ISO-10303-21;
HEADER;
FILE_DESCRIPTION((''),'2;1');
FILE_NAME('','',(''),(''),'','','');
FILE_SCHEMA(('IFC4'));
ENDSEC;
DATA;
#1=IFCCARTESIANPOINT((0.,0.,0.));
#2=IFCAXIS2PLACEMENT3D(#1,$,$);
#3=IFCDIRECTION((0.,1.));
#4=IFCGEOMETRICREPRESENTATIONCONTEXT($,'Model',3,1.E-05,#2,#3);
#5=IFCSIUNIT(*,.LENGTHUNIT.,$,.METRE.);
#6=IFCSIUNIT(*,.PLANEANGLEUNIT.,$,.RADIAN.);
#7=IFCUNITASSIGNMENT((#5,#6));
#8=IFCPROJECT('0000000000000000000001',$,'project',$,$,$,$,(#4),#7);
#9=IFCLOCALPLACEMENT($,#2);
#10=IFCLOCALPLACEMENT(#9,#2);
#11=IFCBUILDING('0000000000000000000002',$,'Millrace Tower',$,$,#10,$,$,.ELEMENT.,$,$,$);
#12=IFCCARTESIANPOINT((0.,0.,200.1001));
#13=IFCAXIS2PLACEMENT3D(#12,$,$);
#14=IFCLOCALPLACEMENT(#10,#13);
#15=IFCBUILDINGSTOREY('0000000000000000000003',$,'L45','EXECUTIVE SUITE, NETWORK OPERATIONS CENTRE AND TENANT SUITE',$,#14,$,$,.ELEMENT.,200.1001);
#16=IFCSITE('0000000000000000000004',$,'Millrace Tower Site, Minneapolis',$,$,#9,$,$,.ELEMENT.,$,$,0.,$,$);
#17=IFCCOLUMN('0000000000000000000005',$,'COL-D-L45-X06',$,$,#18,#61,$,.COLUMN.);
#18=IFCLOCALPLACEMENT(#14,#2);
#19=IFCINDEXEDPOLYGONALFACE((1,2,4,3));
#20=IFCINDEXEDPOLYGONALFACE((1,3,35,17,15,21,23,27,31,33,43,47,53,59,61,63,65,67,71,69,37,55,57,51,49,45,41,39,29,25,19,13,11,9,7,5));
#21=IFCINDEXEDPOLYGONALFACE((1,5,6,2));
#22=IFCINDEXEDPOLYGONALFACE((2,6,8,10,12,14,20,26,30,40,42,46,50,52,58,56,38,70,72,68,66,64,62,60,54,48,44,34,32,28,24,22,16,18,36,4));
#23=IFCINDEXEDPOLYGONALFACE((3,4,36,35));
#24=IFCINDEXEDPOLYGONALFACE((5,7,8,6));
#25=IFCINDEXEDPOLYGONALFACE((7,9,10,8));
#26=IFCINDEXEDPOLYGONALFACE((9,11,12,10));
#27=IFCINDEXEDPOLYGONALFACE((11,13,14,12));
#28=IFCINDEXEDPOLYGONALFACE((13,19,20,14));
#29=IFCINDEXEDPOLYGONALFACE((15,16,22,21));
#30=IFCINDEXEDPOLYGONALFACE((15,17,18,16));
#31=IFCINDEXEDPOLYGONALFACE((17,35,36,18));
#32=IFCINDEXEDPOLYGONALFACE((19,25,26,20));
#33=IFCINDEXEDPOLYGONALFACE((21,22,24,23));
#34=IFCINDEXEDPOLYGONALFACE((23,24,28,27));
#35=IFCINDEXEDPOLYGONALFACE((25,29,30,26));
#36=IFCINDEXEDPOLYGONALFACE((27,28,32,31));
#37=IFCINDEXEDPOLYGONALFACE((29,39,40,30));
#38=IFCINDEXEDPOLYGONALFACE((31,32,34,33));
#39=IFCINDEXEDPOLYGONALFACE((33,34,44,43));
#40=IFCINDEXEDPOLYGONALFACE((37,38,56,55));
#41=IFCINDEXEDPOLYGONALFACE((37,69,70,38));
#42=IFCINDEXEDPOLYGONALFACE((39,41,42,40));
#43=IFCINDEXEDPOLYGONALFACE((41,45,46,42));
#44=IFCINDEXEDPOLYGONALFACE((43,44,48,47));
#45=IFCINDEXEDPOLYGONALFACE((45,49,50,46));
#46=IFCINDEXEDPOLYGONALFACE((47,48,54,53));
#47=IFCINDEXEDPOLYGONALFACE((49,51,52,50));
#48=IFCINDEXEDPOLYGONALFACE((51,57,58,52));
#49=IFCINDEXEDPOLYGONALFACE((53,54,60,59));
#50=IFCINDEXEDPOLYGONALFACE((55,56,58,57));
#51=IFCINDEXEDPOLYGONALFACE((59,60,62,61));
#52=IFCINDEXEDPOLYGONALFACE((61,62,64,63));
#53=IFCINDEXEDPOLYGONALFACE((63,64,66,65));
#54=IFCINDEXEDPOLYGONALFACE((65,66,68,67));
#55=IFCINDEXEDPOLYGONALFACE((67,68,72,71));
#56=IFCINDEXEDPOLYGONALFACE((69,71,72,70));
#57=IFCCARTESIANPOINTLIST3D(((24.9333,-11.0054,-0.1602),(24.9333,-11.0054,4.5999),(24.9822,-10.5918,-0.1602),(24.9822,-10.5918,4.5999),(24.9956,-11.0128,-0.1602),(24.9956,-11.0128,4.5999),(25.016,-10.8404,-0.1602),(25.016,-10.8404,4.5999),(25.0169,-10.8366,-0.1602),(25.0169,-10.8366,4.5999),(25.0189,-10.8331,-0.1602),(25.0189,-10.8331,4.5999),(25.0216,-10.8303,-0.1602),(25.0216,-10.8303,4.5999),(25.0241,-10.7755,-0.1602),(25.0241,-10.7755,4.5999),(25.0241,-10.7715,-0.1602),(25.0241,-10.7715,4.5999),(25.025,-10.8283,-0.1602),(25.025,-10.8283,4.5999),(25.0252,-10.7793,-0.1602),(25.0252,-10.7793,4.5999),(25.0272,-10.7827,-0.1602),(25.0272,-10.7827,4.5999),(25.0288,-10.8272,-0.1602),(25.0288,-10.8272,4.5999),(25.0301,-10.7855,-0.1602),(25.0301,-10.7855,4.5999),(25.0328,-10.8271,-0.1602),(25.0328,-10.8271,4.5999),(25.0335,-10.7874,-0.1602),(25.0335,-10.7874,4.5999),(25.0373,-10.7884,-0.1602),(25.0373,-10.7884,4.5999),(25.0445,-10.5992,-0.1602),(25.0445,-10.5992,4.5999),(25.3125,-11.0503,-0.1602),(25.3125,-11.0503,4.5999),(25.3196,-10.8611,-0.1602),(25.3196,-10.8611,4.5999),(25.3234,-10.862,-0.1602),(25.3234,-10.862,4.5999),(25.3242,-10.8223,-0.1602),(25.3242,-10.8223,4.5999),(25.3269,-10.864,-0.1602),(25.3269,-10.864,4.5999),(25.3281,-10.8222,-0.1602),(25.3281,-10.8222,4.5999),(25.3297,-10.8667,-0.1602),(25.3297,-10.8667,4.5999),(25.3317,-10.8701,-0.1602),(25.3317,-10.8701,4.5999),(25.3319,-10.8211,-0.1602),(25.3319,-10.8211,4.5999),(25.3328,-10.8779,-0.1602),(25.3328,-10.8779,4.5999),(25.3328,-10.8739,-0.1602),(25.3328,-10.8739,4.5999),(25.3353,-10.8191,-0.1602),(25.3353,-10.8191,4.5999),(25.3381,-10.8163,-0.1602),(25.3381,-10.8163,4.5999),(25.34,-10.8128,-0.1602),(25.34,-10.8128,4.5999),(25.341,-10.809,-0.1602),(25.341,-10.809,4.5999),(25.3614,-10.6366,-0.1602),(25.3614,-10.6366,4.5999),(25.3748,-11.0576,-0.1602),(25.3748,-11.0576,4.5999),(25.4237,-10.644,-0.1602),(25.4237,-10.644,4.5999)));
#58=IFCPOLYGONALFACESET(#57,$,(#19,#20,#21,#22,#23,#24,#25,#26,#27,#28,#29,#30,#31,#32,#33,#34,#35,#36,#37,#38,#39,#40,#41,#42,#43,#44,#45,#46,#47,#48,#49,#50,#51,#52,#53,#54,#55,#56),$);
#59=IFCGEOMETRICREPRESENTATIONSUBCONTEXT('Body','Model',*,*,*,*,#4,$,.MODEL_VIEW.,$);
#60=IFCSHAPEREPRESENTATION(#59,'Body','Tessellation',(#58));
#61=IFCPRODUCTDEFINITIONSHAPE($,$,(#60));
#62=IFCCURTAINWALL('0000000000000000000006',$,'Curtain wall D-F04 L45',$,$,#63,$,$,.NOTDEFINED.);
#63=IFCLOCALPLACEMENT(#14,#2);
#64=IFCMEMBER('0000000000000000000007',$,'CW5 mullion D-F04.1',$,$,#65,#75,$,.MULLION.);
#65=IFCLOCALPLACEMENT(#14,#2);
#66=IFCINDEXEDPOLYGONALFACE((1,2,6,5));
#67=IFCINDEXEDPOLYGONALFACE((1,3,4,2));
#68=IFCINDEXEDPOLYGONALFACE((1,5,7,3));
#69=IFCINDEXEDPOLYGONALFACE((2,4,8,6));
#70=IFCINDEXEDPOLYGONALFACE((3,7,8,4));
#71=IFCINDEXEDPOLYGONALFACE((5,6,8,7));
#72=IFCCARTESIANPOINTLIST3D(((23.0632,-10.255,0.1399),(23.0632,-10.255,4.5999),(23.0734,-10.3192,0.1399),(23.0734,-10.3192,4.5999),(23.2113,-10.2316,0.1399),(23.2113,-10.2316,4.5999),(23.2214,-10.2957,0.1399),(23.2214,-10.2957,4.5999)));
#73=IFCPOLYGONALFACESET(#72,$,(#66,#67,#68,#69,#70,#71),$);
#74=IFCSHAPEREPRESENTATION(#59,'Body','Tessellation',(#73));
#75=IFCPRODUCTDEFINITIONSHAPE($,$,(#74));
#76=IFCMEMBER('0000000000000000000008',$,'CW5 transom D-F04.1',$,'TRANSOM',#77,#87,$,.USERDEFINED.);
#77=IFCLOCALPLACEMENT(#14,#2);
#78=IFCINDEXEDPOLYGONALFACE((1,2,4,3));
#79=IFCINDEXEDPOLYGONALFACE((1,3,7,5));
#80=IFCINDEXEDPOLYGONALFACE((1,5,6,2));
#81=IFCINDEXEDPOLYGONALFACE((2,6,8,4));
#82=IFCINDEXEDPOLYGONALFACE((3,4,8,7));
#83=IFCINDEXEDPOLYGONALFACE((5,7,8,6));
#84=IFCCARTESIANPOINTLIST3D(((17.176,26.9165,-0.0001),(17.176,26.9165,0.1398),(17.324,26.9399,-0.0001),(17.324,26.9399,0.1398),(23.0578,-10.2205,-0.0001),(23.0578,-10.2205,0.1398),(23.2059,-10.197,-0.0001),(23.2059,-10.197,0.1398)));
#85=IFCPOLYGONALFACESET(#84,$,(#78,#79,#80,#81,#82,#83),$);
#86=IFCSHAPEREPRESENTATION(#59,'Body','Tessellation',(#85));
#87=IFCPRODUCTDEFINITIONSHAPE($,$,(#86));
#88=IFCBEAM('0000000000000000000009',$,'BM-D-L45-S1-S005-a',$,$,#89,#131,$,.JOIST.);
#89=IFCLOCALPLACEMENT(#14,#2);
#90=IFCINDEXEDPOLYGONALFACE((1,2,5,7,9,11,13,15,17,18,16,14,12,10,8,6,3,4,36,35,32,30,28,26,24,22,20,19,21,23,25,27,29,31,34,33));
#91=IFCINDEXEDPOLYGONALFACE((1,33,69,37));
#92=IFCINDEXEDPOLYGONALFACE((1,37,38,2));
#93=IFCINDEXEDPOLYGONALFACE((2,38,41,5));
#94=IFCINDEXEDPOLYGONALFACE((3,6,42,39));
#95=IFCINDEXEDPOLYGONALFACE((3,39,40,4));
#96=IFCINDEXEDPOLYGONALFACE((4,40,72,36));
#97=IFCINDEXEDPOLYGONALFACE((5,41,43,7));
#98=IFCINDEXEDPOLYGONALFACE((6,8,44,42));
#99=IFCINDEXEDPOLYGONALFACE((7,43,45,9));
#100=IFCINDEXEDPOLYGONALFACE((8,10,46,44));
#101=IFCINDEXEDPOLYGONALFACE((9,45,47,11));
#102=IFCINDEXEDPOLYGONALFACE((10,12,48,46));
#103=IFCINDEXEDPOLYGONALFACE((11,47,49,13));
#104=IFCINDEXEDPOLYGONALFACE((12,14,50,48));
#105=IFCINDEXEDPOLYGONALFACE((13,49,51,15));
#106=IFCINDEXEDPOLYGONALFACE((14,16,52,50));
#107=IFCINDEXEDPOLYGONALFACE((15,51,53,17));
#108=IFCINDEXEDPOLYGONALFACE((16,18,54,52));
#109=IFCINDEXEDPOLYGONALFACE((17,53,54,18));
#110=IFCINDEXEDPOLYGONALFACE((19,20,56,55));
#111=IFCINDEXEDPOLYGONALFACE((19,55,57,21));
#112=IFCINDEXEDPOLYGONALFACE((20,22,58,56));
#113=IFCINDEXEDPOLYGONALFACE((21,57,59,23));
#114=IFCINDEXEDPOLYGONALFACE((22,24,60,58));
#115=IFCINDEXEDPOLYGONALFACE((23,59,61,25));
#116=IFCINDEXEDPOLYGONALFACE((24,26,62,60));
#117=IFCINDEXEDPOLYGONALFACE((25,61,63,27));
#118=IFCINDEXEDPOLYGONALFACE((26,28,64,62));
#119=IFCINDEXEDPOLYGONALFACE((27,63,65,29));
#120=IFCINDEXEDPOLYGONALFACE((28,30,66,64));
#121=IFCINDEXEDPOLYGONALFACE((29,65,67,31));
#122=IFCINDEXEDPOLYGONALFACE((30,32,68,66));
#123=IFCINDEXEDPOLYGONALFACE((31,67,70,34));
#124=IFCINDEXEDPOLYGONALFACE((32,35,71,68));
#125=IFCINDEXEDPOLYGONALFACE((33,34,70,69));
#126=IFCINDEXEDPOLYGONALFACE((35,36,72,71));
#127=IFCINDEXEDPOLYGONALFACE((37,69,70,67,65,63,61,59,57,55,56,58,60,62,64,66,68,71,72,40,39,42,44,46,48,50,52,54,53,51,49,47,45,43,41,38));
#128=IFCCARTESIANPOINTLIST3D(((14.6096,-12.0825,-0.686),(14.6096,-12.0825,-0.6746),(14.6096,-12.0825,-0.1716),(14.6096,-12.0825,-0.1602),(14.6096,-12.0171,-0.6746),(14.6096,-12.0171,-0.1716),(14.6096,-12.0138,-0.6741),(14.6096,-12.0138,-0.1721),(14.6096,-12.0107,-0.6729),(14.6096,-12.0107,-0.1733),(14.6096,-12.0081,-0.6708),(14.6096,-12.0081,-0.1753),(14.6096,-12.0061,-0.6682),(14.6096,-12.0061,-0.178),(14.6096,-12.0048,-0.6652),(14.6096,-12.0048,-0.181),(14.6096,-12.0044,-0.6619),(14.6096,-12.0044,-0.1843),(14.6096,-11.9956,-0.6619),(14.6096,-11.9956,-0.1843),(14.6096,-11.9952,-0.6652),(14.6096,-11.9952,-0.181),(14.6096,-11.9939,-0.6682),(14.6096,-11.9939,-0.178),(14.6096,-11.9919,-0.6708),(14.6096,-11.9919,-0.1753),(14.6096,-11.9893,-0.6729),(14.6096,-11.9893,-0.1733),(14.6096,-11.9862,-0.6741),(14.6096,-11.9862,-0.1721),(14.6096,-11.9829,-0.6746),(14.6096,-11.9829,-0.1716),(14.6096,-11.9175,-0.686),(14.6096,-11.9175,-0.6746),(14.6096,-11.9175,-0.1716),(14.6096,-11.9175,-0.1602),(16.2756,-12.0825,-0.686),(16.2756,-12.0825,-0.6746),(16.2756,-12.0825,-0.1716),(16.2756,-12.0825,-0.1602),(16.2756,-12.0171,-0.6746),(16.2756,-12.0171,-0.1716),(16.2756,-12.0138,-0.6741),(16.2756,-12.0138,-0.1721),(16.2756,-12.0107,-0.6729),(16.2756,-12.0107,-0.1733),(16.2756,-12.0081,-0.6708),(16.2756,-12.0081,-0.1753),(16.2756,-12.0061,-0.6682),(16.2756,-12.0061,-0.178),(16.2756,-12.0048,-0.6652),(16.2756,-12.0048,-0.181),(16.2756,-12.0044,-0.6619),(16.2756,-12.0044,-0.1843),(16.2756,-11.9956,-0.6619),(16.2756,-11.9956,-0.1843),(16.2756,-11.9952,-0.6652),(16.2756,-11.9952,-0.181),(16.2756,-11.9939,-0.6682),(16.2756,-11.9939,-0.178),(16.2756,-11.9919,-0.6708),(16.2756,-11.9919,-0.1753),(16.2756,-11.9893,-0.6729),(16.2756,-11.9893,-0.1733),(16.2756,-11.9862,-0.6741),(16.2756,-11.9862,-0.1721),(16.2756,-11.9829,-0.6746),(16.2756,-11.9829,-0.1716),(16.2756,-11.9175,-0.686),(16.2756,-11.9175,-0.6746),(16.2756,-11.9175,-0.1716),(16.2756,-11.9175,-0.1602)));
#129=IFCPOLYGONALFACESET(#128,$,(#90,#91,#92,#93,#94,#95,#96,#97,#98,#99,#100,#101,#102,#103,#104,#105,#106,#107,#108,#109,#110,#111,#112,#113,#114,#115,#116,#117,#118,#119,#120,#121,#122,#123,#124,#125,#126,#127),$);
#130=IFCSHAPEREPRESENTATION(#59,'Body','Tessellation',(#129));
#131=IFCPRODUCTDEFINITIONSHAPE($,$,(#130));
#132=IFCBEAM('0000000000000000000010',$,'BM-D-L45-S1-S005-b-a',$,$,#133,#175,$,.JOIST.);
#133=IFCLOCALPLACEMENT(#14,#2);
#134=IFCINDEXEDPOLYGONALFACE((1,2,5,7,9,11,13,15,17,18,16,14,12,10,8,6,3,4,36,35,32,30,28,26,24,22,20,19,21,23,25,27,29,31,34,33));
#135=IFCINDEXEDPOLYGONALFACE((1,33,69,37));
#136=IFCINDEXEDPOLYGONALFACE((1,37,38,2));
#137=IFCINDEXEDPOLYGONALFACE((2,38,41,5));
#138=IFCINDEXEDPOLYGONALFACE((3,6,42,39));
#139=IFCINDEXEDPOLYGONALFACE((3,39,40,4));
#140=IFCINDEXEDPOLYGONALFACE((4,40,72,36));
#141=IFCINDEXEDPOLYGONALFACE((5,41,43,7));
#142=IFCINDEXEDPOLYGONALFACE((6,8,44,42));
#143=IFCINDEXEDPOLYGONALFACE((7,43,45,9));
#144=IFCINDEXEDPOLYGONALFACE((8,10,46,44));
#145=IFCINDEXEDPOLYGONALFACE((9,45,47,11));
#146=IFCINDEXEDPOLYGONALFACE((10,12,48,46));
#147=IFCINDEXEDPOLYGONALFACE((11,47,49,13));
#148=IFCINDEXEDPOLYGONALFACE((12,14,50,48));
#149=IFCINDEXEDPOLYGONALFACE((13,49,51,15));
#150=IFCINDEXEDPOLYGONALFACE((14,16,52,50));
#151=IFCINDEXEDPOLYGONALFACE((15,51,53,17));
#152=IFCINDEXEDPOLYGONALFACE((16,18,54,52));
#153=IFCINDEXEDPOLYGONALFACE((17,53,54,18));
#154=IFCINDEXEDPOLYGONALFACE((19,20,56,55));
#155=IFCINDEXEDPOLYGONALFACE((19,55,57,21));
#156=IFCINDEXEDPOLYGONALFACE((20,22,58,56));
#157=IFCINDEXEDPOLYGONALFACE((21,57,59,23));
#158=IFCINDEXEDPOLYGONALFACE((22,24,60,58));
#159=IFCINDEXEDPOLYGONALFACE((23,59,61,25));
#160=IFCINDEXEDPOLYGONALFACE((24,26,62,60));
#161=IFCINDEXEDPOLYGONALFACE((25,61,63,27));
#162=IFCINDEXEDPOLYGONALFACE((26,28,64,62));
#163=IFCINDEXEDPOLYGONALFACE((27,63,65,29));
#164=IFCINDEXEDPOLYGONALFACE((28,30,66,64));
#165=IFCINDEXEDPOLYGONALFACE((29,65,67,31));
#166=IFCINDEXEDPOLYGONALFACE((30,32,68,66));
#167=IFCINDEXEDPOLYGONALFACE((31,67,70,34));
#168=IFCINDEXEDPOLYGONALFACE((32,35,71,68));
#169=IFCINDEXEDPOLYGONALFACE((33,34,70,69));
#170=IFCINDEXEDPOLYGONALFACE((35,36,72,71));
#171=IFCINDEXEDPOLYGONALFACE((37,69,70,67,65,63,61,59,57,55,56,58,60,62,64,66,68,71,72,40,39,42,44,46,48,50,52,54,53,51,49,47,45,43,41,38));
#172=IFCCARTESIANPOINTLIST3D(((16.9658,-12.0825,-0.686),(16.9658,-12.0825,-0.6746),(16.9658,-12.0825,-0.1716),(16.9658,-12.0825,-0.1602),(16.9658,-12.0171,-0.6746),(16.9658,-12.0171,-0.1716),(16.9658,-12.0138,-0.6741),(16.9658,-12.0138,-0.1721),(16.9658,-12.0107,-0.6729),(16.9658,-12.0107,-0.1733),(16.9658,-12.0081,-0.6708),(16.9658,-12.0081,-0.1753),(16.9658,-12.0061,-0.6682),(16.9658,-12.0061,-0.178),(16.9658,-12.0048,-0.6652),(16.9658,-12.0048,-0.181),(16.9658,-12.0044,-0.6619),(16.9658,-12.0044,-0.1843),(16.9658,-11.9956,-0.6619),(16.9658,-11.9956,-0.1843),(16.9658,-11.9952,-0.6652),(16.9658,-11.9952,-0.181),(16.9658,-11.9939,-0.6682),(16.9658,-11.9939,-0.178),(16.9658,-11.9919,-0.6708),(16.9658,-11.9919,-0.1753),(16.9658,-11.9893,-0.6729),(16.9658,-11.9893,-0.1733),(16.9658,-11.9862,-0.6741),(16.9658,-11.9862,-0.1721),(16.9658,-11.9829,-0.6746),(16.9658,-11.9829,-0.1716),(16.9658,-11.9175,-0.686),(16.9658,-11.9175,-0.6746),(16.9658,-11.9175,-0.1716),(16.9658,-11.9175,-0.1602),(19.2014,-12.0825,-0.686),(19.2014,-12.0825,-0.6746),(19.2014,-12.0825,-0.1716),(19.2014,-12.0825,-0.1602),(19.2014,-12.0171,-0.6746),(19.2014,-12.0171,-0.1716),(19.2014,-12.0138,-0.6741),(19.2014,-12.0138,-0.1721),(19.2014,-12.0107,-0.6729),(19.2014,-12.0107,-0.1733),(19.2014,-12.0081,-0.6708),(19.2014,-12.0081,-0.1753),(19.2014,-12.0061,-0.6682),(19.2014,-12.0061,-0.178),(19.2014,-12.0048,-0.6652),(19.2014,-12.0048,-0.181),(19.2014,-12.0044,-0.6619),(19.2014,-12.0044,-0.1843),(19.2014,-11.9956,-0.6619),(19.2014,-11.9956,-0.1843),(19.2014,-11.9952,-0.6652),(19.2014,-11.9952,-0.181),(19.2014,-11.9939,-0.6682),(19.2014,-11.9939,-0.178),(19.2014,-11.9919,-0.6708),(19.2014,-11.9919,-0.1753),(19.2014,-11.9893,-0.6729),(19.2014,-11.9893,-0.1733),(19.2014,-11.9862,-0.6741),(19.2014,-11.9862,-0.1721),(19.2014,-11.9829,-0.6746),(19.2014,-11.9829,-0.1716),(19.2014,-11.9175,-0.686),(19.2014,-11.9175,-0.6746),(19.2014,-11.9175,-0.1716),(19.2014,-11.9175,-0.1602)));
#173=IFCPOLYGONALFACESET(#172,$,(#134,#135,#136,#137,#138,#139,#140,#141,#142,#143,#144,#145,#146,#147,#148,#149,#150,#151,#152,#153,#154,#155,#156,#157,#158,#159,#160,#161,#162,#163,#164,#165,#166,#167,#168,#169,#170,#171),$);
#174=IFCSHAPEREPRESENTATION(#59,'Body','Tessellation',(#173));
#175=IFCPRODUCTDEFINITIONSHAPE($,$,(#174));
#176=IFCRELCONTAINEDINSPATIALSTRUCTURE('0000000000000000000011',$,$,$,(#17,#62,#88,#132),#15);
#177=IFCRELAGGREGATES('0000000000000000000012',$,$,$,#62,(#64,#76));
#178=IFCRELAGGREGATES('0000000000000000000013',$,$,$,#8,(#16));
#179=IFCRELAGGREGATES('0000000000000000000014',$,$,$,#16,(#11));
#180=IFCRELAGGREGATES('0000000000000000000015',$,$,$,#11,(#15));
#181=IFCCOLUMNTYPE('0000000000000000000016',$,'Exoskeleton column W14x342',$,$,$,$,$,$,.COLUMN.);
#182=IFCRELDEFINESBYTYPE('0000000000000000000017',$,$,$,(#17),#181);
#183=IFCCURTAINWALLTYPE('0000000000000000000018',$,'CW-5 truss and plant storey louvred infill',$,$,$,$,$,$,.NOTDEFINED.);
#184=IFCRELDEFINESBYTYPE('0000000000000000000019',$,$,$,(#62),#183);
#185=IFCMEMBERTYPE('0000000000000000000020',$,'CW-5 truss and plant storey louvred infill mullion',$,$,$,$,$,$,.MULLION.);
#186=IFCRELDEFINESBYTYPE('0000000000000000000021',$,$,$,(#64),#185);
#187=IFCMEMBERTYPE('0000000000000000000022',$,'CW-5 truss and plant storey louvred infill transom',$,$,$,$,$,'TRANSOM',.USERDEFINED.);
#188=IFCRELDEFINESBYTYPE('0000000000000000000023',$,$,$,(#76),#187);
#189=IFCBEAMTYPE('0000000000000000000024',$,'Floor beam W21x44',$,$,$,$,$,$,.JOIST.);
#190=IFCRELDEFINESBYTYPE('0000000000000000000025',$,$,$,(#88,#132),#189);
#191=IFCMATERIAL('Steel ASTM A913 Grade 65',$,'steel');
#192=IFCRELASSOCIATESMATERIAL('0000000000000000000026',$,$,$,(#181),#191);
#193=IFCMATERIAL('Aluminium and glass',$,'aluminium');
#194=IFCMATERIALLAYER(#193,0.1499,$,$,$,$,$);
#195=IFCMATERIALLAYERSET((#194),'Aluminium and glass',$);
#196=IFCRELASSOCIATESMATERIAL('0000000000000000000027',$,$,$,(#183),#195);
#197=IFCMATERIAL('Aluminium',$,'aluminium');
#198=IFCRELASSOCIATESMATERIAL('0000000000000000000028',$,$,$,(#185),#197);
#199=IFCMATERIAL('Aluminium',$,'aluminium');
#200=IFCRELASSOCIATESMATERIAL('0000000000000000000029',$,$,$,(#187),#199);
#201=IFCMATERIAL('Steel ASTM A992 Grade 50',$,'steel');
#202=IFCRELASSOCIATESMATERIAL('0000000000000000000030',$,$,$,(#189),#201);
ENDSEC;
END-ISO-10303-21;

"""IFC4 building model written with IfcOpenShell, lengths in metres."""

from ifc_helpers import new_model, si_unit, direction, frame, origin, origin_2d, place, context, subcontext, project, spatial, rectangle, i_section, extrude, material, layer, layer_set, material_profile, profile_set, type_object, element, aggregate, save


model = new_model("IFC4")

# Units and contexts
model_context = context("Model", 3, precision=1e-05, world=origin(), true_north=direction((0.0, 1.0)))
body_context = subcontext(model_context, "Body", "Model", "MODEL_VIEW")
ifc_project = project(units=[si_unit("LENGTHUNIT", "METRE"), si_unit("PLANEANGLEUNIT", "RADIAN")], contexts=[model_context])

# Site, building, storey
site_placement = place(None, origin())
site = spatial("IfcSite", under=ifc_project, at=site_placement, Name="Millrace Tower Site, Minneapolis", CompositionType="ELEMENT", RefElevation=0.0)
building_placement = place(site_placement, origin())
building = spatial("IfcBuilding", under=site, at=building_placement, Name="Millrace Tower", CompositionType="ELEMENT")
storey_placement = place(building_placement, frame((0.0, 0.0, 200.1001)))
storey = spatial("IfcBuildingStorey", under=building, at=storey_placement, Name="L45", Description="EXECUTIVE SUITE, NETWORK OPERATIONS CENTRE AND TENANT SUITE", CompositionType="ELEMENT", Elevation=200.1001)

# Column
ifc_material_1 = material(Name="Steel ASTM A913 Grade 65", Category="steel")
ifc_material_profile_1 = material_profile(ifc_material_1, i_section(OverallWidth=0.4165, OverallDepth=0.4446, WebThickness=0.0391, FlangeThickness=0.0627, FilletRadius=0.0151, at=origin_2d()))
ifc_profile_set_1 = profile_set([ifc_material_profile_1], Name="Steel ASTM A913 Grade 65")
column_type = type_object("IfcColumnType", Name="Exoskeleton column W14x342", PredefinedType="COLUMN", material=ifc_profile_set_1)
column_placement = place(storey_placement, frame((25.1785, -10.8247, -0.1602), z_axis=(0.0, 0.0, 1.0), x_axis=(0.117421, 0.993082, 0.0)))
element("IfcColumn", 1, at=column_placement, inside=storey, type_object=column_type, Name="COL-D-L45-X06", PredefinedType="COLUMN", context=body_context, shape_type="SweptSolid", body=[
    extrude(i_section(OverallWidth=0.4165, OverallDepth=0.4446, WebThickness=0.0391, FlangeThickness=0.0627, FilletRadius=0.0151, at=origin_2d()), origin(), (0.0, 0.0, 1.0), 4.76),
])

# Curtain wall, members
ifc_material_2 = material(Name="Aluminium and glass", Category="aluminium")
ifc_layer_1 = layer(ifc_material_2, 0.1499)
ifc_layer_set_1 = layer_set([ifc_layer_1], Name="Aluminium and glass")
curtain_wall_type = type_object("IfcCurtainWallType", Name="CW-5 truss and plant storey louvred infill", PredefinedType="NOTDEFINED", material=ifc_layer_set_1)
curtain_wall_placement = place(storey_placement, origin())
curtain_wall = element("IfcCurtainWall", 2, at=curtain_wall_placement, inside=storey, type_object=curtain_wall_type, Name="Curtain wall D-F04 L45", PredefinedType="NOTDEFINED")
ifc_material_3 = material(Name="Aluminium", Category="aluminium")
ifc_material_profile_2 = material_profile(ifc_material_3, rectangle(XDim=0.0649, YDim=0.1499, at=origin_2d()))
ifc_profile_set_2 = profile_set([ifc_material_profile_2], Name="Aluminium")
member_type_1 = type_object("IfcMemberType", Name="CW-5 truss and plant storey louvred infill mullion", PredefinedType="MULLION", material=ifc_profile_set_2)
member_1_placement = place(storey_placement, frame((23.1423, -10.2754, 0.1399), z_axis=(0.0, 0.0, 1.0), x_axis=(-0.156434, 0.987688, 0.0)))
member_1 = element("IfcMember", 3, at=member_1_placement, type_object=member_type_1, Name="CW5 mullion D-F04.1", PredefinedType="MULLION", context=body_context, shape_type="SweptSolid", body=[
    extrude(rectangle(XDim=0.0649, YDim=0.1499, at=origin_2d()), origin(), (0.0, 0.0, 1.0), 4.46),
])
ifc_material_4 = material(Name="Aluminium", Category="aluminium")
ifc_material_profile_3 = material_profile(ifc_material_4, rectangle(XDim=0.1499, YDim=0.1399, at=origin_2d()))
ifc_profile_set_3 = profile_set([ifc_material_profile_3], Name="Aluminium")
member_type_2 = type_object("IfcMemberType", Name="CW-5 truss and plant storey louvred infill transom", ElementType="TRANSOM", PredefinedType="USERDEFINED", material=ifc_profile_set_3)
member_2_placement = place(storey_placement, frame((23.1318, -10.2087, 0.0698), z_axis=(-0.156432, 0.987689, 0.0), x_axis=(-0.987689, -0.156432, 0.0)))
member_2 = element("IfcMember", 4, at=member_2_placement, type_object=member_type_2, Name="CW5 transom D-F04.1", ObjectType="TRANSOM", PredefinedType="USERDEFINED", context=body_context, shape_type="SweptSolid", body=[
    extrude(rectangle(XDim=0.1499, YDim=0.1399, at=origin_2d()), origin(), (0.0, 0.0, 1.0), 37.5999),
])
aggregate(curtain_wall, [member_1, member_2])

# Beams
ifc_material_5 = material(Name="Steel ASTM A992 Grade 50", Category="steel")
ifc_material_profile_4 = material_profile(ifc_material_5, i_section(OverallWidth=0.165, OverallDepth=0.5259, WebThickness=0.0088, FlangeThickness=0.0115, FilletRadius=0.0127, at=origin_2d()))
ifc_profile_set_4 = profile_set([ifc_material_profile_4], Name="Steel ASTM A992 Grade 50")
beam_type_1 = type_object("IfcBeamType", Name="Floor beam W21x44", PredefinedType="JOIST", material=ifc_profile_set_4)
beam_1_placement = place(storey_placement, frame((14.6096, -12.0, -0.4231), z_axis=(1.0, 0.0, 0.0), x_axis=(0.0, 1.0, 0.0)))
element("IfcBeam", 5, at=beam_1_placement, inside=storey, type_object=beam_type_1, Name="BM-D-L45-S1-S005-a", PredefinedType="JOIST", context=body_context, shape_type="SweptSolid", body=[
    extrude(i_section(OverallWidth=0.165, OverallDepth=0.5259, WebThickness=0.0088, FlangeThickness=0.0115, FilletRadius=0.0127, at=origin_2d()), origin(), (0.0, 0.0, 1.0), 1.666),
])
beam_2_placement = place(storey_placement, frame((16.9658, -12.0, -0.4231), z_axis=(1.0, 0.0, 0.0), x_axis=(0.0, 1.0, 0.0)))
element("IfcBeam", 6, at=beam_2_placement, inside=storey, type_object=beam_type_1, Name="BM-D-L45-S1-S005-b-a", PredefinedType="JOIST", context=body_context, shape_type="SweptSolid", body=[
    extrude(i_section(OverallWidth=0.165, OverallDepth=0.5259, WebThickness=0.0088, FlangeThickness=0.0115, FilletRadius=0.0127, at=origin_2d()), origin(), (0.0, 0.0, 1.0), 2.2356),
])

save(model, "model.ifc")
